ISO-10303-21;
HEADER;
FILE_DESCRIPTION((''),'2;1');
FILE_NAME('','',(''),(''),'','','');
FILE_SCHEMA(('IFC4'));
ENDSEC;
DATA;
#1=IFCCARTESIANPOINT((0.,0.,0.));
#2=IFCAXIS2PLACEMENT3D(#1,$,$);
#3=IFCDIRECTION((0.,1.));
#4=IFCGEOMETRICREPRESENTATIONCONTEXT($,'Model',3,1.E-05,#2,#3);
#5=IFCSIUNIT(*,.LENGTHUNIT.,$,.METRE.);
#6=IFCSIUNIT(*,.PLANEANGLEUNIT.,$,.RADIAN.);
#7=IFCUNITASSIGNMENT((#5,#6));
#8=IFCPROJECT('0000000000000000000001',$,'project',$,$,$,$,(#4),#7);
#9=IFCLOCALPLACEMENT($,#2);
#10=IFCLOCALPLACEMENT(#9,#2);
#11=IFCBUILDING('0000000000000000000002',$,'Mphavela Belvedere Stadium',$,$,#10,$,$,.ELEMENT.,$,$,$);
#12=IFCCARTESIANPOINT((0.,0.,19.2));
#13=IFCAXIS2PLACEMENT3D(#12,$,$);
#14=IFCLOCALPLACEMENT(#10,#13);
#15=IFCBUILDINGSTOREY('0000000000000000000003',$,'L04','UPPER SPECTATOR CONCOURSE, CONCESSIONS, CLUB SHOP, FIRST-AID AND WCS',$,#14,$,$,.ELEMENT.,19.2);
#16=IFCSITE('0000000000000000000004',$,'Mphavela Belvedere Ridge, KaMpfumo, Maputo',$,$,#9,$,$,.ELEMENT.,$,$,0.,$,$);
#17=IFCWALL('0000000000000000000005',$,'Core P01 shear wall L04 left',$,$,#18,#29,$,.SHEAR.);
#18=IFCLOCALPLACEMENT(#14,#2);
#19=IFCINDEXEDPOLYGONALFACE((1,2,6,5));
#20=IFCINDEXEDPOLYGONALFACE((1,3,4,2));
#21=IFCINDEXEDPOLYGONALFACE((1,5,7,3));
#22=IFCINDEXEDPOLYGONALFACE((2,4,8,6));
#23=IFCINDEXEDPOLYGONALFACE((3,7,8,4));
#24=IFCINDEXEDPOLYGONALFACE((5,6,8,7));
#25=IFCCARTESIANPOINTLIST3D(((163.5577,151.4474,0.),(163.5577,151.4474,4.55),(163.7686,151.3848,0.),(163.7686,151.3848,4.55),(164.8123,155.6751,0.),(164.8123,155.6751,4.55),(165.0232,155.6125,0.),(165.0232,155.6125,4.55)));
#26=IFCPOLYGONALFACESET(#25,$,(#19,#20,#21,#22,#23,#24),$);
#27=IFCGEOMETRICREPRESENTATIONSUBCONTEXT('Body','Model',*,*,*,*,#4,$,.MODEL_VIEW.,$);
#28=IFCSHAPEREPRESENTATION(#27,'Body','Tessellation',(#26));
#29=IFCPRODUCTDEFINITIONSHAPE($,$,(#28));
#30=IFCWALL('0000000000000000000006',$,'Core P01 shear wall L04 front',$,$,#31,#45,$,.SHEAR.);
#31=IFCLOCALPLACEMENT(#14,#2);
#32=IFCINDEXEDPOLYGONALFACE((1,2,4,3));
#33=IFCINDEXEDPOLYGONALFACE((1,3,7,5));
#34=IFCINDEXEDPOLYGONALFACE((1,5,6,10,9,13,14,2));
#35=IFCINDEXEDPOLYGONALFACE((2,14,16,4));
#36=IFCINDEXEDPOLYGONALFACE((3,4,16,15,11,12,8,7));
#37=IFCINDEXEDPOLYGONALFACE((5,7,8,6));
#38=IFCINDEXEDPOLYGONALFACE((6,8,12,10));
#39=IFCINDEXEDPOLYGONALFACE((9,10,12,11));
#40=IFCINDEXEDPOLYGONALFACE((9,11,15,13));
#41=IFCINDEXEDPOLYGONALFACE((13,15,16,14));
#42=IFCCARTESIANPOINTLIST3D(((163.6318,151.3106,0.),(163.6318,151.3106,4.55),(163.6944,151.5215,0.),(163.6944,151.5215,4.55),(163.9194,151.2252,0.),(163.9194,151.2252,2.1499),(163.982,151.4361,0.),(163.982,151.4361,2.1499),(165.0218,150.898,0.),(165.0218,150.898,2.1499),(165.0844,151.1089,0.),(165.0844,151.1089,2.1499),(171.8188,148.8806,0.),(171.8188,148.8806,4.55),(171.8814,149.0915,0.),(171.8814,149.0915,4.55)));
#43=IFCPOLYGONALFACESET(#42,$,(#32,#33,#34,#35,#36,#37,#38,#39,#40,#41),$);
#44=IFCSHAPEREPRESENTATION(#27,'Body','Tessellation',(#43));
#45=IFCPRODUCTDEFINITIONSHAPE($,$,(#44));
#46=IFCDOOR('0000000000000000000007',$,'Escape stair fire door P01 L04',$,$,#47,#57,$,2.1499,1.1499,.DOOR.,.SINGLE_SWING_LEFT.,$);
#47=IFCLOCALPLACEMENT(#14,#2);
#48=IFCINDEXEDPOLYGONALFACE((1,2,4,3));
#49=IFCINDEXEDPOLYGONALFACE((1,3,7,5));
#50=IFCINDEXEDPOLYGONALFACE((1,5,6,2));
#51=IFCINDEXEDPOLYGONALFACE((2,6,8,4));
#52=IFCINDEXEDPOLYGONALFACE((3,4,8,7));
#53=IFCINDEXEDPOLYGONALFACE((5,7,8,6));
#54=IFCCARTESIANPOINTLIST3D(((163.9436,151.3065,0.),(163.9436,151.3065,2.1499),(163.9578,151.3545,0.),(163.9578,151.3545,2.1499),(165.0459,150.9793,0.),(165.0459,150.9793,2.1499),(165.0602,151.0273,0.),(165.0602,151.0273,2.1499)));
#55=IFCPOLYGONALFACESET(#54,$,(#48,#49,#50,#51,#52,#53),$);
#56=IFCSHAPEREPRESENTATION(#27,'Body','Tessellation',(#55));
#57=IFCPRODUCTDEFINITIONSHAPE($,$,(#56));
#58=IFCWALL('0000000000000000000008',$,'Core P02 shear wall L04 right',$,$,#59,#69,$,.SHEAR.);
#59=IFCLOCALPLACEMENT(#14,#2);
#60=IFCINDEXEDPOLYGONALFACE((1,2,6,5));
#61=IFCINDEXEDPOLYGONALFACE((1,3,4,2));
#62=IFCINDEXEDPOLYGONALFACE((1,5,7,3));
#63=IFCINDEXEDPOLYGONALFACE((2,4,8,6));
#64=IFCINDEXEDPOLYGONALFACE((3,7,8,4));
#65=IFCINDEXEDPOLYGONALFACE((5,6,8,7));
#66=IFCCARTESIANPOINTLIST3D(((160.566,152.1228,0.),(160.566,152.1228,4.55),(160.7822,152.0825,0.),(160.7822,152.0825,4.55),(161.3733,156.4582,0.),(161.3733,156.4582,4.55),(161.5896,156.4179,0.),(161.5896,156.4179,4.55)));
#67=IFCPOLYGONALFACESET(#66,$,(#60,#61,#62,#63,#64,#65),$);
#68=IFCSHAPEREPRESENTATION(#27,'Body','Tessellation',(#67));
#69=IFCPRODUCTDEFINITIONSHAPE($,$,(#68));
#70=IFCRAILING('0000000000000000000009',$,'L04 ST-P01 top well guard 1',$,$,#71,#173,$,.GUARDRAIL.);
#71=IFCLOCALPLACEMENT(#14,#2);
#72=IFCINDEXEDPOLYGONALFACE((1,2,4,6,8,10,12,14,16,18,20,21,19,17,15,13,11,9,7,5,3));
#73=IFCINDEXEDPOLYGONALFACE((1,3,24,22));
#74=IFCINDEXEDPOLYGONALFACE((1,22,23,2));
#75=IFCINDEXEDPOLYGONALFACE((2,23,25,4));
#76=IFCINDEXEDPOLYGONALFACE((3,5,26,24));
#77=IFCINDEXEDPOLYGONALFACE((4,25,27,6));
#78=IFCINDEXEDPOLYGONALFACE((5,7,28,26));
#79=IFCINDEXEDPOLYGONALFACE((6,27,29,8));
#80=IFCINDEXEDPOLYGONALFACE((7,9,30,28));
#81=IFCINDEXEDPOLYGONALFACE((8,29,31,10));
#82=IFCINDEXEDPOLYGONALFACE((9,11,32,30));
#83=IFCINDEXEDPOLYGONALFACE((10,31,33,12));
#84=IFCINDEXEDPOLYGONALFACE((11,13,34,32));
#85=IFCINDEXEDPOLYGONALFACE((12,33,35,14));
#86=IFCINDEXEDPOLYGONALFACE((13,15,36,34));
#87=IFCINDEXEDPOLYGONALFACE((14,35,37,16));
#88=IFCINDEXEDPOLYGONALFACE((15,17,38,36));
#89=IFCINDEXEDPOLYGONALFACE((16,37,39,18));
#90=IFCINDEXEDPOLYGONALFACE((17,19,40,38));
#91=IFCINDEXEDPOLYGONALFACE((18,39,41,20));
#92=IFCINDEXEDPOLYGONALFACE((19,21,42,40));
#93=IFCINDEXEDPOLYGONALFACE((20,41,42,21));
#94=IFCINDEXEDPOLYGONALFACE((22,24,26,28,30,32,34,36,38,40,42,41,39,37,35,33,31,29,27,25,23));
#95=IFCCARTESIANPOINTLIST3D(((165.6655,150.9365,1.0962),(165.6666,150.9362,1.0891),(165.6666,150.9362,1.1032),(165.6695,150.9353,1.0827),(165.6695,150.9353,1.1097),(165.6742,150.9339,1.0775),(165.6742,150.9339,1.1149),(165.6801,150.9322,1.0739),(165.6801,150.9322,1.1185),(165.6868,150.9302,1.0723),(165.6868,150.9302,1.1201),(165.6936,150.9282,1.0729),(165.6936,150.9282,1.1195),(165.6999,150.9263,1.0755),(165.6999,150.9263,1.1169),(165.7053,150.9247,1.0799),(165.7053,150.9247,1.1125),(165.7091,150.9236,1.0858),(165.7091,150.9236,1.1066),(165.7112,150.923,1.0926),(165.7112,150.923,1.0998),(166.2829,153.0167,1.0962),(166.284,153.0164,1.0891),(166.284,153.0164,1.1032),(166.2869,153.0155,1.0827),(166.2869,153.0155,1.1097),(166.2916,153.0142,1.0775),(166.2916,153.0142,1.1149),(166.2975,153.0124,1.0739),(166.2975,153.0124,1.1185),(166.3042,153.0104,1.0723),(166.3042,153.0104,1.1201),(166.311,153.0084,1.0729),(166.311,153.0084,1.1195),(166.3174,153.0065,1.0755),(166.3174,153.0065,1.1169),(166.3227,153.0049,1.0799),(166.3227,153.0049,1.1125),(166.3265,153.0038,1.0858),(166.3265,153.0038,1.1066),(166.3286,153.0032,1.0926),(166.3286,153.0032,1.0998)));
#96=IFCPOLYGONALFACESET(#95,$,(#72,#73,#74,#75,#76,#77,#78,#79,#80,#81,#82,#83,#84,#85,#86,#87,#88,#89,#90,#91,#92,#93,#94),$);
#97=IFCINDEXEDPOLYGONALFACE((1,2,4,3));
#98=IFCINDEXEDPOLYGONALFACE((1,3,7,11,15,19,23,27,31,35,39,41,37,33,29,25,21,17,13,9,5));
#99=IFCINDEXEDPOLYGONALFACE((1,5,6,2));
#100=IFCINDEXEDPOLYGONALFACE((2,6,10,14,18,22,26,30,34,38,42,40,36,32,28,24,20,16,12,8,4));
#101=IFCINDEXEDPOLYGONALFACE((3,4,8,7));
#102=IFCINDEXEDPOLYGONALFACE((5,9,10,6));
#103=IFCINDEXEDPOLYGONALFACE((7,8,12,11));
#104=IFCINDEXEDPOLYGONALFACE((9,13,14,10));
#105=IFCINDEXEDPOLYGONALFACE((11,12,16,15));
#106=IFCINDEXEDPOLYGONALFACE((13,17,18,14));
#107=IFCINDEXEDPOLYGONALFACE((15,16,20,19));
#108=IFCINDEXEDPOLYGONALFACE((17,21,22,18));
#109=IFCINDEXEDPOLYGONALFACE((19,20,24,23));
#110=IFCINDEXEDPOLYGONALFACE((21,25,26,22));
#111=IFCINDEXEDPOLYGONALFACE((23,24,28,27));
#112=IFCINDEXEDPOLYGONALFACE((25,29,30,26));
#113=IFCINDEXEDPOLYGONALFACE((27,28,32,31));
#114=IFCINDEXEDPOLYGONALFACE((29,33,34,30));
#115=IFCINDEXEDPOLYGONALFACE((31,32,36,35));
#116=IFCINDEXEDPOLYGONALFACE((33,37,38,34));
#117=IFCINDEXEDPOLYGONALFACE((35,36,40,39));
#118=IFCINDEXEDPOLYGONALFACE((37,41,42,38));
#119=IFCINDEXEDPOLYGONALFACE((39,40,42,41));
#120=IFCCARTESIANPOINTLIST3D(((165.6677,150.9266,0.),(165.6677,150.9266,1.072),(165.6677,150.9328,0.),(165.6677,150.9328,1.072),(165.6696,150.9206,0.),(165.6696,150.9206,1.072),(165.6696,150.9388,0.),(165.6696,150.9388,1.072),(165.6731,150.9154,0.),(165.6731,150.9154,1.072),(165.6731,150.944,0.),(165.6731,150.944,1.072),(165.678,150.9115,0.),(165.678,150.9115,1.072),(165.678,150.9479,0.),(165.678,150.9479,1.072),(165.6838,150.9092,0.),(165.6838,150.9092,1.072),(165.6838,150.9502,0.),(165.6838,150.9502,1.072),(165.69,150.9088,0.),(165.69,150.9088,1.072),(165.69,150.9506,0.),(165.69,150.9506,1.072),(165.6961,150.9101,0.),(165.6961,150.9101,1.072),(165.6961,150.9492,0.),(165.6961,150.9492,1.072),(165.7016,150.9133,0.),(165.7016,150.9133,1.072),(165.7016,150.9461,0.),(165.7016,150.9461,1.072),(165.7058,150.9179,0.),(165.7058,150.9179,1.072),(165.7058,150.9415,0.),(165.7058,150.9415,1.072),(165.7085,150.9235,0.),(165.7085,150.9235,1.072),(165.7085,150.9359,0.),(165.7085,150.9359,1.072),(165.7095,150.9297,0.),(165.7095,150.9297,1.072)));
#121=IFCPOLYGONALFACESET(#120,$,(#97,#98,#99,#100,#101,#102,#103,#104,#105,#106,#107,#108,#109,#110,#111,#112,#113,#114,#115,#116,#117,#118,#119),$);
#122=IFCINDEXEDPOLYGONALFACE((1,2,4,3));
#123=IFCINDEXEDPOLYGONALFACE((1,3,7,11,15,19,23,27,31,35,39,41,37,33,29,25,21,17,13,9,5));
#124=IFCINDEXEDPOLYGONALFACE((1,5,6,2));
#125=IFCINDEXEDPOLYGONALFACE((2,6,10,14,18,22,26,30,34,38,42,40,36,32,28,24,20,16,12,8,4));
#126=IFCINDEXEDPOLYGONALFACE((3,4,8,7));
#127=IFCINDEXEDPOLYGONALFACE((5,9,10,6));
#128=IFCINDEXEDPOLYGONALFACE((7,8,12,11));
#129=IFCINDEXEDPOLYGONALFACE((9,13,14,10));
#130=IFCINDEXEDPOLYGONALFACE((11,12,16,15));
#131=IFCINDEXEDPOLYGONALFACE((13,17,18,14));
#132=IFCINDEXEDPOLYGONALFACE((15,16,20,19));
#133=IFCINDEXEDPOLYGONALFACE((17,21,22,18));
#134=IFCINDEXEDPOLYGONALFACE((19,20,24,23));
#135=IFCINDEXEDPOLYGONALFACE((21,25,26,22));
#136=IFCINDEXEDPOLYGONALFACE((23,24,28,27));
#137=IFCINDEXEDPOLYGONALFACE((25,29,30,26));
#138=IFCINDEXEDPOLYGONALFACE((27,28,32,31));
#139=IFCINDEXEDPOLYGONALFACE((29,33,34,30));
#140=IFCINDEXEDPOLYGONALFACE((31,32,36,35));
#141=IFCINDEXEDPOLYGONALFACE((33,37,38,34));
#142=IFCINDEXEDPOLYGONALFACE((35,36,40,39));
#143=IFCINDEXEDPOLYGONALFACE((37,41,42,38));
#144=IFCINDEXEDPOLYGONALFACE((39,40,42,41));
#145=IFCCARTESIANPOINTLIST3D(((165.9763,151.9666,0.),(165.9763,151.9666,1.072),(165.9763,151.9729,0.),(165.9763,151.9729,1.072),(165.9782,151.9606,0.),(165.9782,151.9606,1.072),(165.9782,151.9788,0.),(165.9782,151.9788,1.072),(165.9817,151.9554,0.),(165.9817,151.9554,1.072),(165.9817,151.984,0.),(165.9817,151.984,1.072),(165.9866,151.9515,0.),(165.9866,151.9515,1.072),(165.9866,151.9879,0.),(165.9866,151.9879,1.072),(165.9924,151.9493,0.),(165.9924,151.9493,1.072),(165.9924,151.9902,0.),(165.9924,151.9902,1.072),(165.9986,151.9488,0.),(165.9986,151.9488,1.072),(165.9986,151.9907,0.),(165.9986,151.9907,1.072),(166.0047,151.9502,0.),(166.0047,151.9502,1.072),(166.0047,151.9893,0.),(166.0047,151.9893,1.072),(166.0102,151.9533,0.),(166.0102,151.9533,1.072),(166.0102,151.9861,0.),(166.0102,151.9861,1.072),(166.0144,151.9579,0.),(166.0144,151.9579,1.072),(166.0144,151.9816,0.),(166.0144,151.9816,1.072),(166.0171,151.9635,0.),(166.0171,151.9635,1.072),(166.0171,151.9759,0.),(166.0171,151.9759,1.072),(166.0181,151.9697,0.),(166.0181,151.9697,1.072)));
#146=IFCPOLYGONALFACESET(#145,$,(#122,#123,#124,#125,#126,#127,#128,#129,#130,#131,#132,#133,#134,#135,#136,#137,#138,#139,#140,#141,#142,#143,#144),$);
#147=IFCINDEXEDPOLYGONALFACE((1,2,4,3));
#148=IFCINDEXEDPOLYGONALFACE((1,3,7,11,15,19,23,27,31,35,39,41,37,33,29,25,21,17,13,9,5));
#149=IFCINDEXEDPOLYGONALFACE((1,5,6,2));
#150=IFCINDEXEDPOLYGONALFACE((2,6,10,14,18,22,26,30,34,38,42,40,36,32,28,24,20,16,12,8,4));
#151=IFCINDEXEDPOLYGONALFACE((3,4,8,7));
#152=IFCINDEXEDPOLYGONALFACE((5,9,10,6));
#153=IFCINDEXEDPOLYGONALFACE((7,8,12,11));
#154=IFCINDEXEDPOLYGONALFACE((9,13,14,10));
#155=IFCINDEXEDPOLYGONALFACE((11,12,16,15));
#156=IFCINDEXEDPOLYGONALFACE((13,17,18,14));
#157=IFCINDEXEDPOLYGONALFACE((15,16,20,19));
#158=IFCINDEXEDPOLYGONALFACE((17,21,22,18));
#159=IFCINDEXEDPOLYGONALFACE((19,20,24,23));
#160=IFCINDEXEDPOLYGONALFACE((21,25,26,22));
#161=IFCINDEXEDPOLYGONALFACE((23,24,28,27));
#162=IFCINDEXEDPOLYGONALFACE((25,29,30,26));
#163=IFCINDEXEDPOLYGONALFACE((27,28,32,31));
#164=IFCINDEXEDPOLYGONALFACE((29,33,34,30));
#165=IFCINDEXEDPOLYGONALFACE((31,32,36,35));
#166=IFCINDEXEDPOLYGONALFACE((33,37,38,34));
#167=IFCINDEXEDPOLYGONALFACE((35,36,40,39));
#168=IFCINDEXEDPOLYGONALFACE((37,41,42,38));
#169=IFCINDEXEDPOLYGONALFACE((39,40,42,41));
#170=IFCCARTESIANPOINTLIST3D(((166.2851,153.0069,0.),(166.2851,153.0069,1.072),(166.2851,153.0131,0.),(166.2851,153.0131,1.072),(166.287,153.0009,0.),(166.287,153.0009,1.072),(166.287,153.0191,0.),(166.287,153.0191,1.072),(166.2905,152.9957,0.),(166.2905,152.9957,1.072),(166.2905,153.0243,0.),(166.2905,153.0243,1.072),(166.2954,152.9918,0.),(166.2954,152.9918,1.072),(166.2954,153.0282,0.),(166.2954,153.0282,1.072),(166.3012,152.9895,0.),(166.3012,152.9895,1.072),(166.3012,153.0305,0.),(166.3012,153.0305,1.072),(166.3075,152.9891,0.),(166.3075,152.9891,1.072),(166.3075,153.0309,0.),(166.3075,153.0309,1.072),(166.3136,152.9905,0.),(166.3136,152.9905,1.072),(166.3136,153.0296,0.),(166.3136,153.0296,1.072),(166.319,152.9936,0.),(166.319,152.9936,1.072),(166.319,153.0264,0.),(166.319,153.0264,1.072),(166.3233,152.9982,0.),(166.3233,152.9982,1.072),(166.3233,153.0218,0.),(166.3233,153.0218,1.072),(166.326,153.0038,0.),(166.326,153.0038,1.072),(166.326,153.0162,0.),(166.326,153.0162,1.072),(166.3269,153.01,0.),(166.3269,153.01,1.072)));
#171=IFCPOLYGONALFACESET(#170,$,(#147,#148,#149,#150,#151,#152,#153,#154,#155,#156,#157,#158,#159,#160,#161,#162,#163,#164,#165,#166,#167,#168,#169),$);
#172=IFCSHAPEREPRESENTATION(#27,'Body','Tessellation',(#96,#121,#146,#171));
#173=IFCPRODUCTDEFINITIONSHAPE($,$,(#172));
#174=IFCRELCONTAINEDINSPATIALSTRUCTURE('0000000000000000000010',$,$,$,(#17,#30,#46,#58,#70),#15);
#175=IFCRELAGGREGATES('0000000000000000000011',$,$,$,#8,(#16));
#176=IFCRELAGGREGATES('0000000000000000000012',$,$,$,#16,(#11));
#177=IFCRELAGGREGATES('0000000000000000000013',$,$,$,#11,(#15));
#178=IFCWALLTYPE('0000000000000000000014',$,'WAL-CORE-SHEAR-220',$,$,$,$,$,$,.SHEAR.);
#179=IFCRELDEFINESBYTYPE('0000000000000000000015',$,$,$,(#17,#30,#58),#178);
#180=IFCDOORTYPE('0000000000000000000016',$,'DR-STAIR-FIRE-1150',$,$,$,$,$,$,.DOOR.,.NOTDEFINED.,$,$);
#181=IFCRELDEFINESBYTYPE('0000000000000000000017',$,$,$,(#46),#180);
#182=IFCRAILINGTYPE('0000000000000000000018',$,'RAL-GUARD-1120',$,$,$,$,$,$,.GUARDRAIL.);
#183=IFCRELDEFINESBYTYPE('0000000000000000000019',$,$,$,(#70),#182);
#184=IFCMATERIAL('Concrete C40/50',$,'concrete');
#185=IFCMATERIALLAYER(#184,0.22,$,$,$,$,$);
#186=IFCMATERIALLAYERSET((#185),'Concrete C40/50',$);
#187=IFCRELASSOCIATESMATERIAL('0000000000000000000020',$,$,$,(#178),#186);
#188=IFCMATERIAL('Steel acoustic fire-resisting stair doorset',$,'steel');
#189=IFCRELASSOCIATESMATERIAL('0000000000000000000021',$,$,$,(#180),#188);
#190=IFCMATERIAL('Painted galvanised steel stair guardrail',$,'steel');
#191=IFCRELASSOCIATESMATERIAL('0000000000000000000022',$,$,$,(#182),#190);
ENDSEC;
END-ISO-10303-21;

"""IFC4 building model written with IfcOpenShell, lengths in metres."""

from ifc_helpers import new_model, si_unit, direction, frame, frame_2d, origin, origin_2d, place, context, subcontext, project, spatial, rectangle, circle, extrude, material, layer, layer_set, type_object, element, fill, save


model = new_model("IFC4")

# Units and contexts
model_context = context("Model", 3, precision=1e-05, world=origin(), true_north=direction((0.0, 1.0)))
body_context = subcontext(model_context, "Body", "Model", "MODEL_VIEW")
ifc_project = project(units=[si_unit("LENGTHUNIT", "METRE"), si_unit("PLANEANGLEUNIT", "RADIAN")], contexts=[model_context])

# Site, building, storey
site_placement = place(None, origin())
site = spatial("IfcSite", under=ifc_project, at=site_placement, Name="Mphavela Belvedere Ridge, KaMpfumo, Maputo", CompositionType="ELEMENT", RefElevation=0.0)
building_placement = place(site_placement, origin())
building = spatial("IfcBuilding", under=site, at=building_placement, Name="Mphavela Belvedere Stadium", CompositionType="ELEMENT")
storey_placement = place(building_placement, frame((0.0, 0.0, 19.2)))
storey = spatial("IfcBuildingStorey", under=building, at=storey_placement, Name="L04", Description="UPPER SPECTATOR CONCOURSE, CONCESSIONS, CLUB SHOP, FIRST-AID AND WCS", CompositionType="ELEMENT", Elevation=19.2)

# Wall
ifc_material_1 = material(Name="Concrete C40/50", Category="concrete")
ifc_layer_1 = layer(ifc_material_1, 0.22)
ifc_layer_set_1 = layer_set([ifc_layer_1], Name="Concrete C40/50")
wall_type = type_object("IfcWallType", Name="WAL-CORE-SHEAR-220", PredefinedType="SHEAR", material=ifc_layer_set_1)
wall_1_placement = place(storey_placement, frame((163.6631, 151.416, 0.0), z_axis=(0.0, 0.0, 1.0), x_axis=(0.284497, 0.958677, 0.0)))
element("IfcWall", 1, at=wall_1_placement, inside=storey, type_object=wall_type, Name="Core P01 shear wall L04 left", PredefinedType="SHEAR", context=body_context, shape_type="SweptSolid", body=[
    extrude(rectangle(XDim=4.4099, YDim=0.22, at=frame_2d((2.2051, 0.0))), origin(), (0.0, 0.0, 1.0), 4.55),
])

# Wall, opening, door
wall_2_placement = place(storey_placement, frame((163.6631, 151.416, 0.0), z_axis=(0.0, 0.0, 1.0), x_axis=(0.958666, -0.284535, 0.0)))
wall_2 = element("IfcWall", 2, at=wall_2_placement, inside=storey, type_object=wall_type, Name="Core P01 shear wall L04 front", PredefinedType="SHEAR", context=body_context, shape_type="SweptSolid", body=[
    extrude(rectangle(XDim=8.54, YDim=0.22, at=frame_2d((4.27, 0.0))), origin(), (0.0, 0.0, 1.0), 4.55),
])
opening_placement = place(wall_2_placement, frame((0.3, 0.0, 0.0)))
opening = element("IfcOpeningElement", 3, at=opening_placement, cuts=wall_2, PredefinedType="OPENING", context=body_context, shape_type="SweptSolid", body=[
    extrude(rectangle(XDim=1.1499, YDim=2.1499, at=frame_2d((0.575, 1.075))), frame((0.0, 0.1201, 0.0), z_axis=(0.0, -1.0, 0.0), x_axis=(1.0, 0.0, 0.0)), (0.0, 0.0, 1.0), 0.24),
])
ifc_material_2 = material(Name="Steel acoustic fire-resisting stair doorset", Category="steel")
door_type = type_object("IfcDoorType", Name="DR-STAIR-FIRE-1150", OperationType="NOTDEFINED", PredefinedType="DOOR", material=ifc_material_2)
door_placement = place(opening_placement, origin())
door = element("IfcDoor", 4, at=door_placement, inside=storey, type_object=door_type, Name="Escape stair fire door P01 L04", OperationType="SINGLE_SWING_LEFT", OverallHeight=2.1499, OverallWidth=1.1499, PredefinedType="DOOR", context=body_context, shape_type="SweptSolid", body=[
    extrude(rectangle(XDim=1.1499, YDim=2.1499, at=frame_2d((0.575, 1.075))), frame((0.0, 0.0249, 0.0), z_axis=(0.0, -1.0, 0.0), x_axis=(1.0, 0.0, 0.0)), (0.0, 0.0, 1.0), 0.05),
])
fill(opening, door)

# Wall
wall_3_placement = place(storey_placement, frame((160.6741, 152.1025, 0.0), z_axis=(0.0, 0.0, 1.0), x_axis=(0.183078, 0.983098, 0.0)))
element("IfcWall", 5, at=wall_3_placement, inside=storey, type_object=wall_type, Name="Core P02 shear wall L04 right", PredefinedType="SHEAR", context=body_context, shape_type="SweptSolid", body=[
    extrude(rectangle(XDim=4.4099, YDim=0.22, at=frame_2d((2.2051, 0.0))), origin(), (0.0, 0.0, 1.0), 4.55),
])

# Railing
ifc_material_3 = material(Name="Painted galvanised steel stair guardrail", Category="steel")
railing_type_1 = type_object("IfcRailingType", Name="RAL-GUARD-1120", PredefinedType="GUARDRAIL", material=ifc_material_3)
railing_1_placement = place(storey_placement, frame((165.6885, 150.9297, 0.0)))
element("IfcRailing", 6, at=railing_1_placement, inside=storey, type_object=railing_type_1, Name="L04 ST-P01 top well guard 1", PredefinedType="GUARDRAIL", context=body_context, shape_type="SweptSolid", body=[
    extrude(circle(Radius=0.0239, at=origin_2d()), frame((0.0, 0.0, 1.0962), z_axis=(0.284529, 0.958667, 0.0), x_axis=(-0.958667, 0.284529, 0.0)), (0.0, 0.0, 1.0), 2.1699),
    extrude(circle(Radius=0.021, at=origin_2d()), origin(), (0.0, 0.0, 1.0), 1.072),
    extrude(circle(Radius=0.021, at=origin_2d()), frame((0.3086, 1.04, 0.0)), (0.0, 0.0, 1.0), 1.072),
    extrude(circle(Radius=0.021, at=origin_2d()), frame((0.6174, 2.0803, 0.0)), (0.0, 0.0, 1.0), 1.072),
])

save(model, "model.ifc")
